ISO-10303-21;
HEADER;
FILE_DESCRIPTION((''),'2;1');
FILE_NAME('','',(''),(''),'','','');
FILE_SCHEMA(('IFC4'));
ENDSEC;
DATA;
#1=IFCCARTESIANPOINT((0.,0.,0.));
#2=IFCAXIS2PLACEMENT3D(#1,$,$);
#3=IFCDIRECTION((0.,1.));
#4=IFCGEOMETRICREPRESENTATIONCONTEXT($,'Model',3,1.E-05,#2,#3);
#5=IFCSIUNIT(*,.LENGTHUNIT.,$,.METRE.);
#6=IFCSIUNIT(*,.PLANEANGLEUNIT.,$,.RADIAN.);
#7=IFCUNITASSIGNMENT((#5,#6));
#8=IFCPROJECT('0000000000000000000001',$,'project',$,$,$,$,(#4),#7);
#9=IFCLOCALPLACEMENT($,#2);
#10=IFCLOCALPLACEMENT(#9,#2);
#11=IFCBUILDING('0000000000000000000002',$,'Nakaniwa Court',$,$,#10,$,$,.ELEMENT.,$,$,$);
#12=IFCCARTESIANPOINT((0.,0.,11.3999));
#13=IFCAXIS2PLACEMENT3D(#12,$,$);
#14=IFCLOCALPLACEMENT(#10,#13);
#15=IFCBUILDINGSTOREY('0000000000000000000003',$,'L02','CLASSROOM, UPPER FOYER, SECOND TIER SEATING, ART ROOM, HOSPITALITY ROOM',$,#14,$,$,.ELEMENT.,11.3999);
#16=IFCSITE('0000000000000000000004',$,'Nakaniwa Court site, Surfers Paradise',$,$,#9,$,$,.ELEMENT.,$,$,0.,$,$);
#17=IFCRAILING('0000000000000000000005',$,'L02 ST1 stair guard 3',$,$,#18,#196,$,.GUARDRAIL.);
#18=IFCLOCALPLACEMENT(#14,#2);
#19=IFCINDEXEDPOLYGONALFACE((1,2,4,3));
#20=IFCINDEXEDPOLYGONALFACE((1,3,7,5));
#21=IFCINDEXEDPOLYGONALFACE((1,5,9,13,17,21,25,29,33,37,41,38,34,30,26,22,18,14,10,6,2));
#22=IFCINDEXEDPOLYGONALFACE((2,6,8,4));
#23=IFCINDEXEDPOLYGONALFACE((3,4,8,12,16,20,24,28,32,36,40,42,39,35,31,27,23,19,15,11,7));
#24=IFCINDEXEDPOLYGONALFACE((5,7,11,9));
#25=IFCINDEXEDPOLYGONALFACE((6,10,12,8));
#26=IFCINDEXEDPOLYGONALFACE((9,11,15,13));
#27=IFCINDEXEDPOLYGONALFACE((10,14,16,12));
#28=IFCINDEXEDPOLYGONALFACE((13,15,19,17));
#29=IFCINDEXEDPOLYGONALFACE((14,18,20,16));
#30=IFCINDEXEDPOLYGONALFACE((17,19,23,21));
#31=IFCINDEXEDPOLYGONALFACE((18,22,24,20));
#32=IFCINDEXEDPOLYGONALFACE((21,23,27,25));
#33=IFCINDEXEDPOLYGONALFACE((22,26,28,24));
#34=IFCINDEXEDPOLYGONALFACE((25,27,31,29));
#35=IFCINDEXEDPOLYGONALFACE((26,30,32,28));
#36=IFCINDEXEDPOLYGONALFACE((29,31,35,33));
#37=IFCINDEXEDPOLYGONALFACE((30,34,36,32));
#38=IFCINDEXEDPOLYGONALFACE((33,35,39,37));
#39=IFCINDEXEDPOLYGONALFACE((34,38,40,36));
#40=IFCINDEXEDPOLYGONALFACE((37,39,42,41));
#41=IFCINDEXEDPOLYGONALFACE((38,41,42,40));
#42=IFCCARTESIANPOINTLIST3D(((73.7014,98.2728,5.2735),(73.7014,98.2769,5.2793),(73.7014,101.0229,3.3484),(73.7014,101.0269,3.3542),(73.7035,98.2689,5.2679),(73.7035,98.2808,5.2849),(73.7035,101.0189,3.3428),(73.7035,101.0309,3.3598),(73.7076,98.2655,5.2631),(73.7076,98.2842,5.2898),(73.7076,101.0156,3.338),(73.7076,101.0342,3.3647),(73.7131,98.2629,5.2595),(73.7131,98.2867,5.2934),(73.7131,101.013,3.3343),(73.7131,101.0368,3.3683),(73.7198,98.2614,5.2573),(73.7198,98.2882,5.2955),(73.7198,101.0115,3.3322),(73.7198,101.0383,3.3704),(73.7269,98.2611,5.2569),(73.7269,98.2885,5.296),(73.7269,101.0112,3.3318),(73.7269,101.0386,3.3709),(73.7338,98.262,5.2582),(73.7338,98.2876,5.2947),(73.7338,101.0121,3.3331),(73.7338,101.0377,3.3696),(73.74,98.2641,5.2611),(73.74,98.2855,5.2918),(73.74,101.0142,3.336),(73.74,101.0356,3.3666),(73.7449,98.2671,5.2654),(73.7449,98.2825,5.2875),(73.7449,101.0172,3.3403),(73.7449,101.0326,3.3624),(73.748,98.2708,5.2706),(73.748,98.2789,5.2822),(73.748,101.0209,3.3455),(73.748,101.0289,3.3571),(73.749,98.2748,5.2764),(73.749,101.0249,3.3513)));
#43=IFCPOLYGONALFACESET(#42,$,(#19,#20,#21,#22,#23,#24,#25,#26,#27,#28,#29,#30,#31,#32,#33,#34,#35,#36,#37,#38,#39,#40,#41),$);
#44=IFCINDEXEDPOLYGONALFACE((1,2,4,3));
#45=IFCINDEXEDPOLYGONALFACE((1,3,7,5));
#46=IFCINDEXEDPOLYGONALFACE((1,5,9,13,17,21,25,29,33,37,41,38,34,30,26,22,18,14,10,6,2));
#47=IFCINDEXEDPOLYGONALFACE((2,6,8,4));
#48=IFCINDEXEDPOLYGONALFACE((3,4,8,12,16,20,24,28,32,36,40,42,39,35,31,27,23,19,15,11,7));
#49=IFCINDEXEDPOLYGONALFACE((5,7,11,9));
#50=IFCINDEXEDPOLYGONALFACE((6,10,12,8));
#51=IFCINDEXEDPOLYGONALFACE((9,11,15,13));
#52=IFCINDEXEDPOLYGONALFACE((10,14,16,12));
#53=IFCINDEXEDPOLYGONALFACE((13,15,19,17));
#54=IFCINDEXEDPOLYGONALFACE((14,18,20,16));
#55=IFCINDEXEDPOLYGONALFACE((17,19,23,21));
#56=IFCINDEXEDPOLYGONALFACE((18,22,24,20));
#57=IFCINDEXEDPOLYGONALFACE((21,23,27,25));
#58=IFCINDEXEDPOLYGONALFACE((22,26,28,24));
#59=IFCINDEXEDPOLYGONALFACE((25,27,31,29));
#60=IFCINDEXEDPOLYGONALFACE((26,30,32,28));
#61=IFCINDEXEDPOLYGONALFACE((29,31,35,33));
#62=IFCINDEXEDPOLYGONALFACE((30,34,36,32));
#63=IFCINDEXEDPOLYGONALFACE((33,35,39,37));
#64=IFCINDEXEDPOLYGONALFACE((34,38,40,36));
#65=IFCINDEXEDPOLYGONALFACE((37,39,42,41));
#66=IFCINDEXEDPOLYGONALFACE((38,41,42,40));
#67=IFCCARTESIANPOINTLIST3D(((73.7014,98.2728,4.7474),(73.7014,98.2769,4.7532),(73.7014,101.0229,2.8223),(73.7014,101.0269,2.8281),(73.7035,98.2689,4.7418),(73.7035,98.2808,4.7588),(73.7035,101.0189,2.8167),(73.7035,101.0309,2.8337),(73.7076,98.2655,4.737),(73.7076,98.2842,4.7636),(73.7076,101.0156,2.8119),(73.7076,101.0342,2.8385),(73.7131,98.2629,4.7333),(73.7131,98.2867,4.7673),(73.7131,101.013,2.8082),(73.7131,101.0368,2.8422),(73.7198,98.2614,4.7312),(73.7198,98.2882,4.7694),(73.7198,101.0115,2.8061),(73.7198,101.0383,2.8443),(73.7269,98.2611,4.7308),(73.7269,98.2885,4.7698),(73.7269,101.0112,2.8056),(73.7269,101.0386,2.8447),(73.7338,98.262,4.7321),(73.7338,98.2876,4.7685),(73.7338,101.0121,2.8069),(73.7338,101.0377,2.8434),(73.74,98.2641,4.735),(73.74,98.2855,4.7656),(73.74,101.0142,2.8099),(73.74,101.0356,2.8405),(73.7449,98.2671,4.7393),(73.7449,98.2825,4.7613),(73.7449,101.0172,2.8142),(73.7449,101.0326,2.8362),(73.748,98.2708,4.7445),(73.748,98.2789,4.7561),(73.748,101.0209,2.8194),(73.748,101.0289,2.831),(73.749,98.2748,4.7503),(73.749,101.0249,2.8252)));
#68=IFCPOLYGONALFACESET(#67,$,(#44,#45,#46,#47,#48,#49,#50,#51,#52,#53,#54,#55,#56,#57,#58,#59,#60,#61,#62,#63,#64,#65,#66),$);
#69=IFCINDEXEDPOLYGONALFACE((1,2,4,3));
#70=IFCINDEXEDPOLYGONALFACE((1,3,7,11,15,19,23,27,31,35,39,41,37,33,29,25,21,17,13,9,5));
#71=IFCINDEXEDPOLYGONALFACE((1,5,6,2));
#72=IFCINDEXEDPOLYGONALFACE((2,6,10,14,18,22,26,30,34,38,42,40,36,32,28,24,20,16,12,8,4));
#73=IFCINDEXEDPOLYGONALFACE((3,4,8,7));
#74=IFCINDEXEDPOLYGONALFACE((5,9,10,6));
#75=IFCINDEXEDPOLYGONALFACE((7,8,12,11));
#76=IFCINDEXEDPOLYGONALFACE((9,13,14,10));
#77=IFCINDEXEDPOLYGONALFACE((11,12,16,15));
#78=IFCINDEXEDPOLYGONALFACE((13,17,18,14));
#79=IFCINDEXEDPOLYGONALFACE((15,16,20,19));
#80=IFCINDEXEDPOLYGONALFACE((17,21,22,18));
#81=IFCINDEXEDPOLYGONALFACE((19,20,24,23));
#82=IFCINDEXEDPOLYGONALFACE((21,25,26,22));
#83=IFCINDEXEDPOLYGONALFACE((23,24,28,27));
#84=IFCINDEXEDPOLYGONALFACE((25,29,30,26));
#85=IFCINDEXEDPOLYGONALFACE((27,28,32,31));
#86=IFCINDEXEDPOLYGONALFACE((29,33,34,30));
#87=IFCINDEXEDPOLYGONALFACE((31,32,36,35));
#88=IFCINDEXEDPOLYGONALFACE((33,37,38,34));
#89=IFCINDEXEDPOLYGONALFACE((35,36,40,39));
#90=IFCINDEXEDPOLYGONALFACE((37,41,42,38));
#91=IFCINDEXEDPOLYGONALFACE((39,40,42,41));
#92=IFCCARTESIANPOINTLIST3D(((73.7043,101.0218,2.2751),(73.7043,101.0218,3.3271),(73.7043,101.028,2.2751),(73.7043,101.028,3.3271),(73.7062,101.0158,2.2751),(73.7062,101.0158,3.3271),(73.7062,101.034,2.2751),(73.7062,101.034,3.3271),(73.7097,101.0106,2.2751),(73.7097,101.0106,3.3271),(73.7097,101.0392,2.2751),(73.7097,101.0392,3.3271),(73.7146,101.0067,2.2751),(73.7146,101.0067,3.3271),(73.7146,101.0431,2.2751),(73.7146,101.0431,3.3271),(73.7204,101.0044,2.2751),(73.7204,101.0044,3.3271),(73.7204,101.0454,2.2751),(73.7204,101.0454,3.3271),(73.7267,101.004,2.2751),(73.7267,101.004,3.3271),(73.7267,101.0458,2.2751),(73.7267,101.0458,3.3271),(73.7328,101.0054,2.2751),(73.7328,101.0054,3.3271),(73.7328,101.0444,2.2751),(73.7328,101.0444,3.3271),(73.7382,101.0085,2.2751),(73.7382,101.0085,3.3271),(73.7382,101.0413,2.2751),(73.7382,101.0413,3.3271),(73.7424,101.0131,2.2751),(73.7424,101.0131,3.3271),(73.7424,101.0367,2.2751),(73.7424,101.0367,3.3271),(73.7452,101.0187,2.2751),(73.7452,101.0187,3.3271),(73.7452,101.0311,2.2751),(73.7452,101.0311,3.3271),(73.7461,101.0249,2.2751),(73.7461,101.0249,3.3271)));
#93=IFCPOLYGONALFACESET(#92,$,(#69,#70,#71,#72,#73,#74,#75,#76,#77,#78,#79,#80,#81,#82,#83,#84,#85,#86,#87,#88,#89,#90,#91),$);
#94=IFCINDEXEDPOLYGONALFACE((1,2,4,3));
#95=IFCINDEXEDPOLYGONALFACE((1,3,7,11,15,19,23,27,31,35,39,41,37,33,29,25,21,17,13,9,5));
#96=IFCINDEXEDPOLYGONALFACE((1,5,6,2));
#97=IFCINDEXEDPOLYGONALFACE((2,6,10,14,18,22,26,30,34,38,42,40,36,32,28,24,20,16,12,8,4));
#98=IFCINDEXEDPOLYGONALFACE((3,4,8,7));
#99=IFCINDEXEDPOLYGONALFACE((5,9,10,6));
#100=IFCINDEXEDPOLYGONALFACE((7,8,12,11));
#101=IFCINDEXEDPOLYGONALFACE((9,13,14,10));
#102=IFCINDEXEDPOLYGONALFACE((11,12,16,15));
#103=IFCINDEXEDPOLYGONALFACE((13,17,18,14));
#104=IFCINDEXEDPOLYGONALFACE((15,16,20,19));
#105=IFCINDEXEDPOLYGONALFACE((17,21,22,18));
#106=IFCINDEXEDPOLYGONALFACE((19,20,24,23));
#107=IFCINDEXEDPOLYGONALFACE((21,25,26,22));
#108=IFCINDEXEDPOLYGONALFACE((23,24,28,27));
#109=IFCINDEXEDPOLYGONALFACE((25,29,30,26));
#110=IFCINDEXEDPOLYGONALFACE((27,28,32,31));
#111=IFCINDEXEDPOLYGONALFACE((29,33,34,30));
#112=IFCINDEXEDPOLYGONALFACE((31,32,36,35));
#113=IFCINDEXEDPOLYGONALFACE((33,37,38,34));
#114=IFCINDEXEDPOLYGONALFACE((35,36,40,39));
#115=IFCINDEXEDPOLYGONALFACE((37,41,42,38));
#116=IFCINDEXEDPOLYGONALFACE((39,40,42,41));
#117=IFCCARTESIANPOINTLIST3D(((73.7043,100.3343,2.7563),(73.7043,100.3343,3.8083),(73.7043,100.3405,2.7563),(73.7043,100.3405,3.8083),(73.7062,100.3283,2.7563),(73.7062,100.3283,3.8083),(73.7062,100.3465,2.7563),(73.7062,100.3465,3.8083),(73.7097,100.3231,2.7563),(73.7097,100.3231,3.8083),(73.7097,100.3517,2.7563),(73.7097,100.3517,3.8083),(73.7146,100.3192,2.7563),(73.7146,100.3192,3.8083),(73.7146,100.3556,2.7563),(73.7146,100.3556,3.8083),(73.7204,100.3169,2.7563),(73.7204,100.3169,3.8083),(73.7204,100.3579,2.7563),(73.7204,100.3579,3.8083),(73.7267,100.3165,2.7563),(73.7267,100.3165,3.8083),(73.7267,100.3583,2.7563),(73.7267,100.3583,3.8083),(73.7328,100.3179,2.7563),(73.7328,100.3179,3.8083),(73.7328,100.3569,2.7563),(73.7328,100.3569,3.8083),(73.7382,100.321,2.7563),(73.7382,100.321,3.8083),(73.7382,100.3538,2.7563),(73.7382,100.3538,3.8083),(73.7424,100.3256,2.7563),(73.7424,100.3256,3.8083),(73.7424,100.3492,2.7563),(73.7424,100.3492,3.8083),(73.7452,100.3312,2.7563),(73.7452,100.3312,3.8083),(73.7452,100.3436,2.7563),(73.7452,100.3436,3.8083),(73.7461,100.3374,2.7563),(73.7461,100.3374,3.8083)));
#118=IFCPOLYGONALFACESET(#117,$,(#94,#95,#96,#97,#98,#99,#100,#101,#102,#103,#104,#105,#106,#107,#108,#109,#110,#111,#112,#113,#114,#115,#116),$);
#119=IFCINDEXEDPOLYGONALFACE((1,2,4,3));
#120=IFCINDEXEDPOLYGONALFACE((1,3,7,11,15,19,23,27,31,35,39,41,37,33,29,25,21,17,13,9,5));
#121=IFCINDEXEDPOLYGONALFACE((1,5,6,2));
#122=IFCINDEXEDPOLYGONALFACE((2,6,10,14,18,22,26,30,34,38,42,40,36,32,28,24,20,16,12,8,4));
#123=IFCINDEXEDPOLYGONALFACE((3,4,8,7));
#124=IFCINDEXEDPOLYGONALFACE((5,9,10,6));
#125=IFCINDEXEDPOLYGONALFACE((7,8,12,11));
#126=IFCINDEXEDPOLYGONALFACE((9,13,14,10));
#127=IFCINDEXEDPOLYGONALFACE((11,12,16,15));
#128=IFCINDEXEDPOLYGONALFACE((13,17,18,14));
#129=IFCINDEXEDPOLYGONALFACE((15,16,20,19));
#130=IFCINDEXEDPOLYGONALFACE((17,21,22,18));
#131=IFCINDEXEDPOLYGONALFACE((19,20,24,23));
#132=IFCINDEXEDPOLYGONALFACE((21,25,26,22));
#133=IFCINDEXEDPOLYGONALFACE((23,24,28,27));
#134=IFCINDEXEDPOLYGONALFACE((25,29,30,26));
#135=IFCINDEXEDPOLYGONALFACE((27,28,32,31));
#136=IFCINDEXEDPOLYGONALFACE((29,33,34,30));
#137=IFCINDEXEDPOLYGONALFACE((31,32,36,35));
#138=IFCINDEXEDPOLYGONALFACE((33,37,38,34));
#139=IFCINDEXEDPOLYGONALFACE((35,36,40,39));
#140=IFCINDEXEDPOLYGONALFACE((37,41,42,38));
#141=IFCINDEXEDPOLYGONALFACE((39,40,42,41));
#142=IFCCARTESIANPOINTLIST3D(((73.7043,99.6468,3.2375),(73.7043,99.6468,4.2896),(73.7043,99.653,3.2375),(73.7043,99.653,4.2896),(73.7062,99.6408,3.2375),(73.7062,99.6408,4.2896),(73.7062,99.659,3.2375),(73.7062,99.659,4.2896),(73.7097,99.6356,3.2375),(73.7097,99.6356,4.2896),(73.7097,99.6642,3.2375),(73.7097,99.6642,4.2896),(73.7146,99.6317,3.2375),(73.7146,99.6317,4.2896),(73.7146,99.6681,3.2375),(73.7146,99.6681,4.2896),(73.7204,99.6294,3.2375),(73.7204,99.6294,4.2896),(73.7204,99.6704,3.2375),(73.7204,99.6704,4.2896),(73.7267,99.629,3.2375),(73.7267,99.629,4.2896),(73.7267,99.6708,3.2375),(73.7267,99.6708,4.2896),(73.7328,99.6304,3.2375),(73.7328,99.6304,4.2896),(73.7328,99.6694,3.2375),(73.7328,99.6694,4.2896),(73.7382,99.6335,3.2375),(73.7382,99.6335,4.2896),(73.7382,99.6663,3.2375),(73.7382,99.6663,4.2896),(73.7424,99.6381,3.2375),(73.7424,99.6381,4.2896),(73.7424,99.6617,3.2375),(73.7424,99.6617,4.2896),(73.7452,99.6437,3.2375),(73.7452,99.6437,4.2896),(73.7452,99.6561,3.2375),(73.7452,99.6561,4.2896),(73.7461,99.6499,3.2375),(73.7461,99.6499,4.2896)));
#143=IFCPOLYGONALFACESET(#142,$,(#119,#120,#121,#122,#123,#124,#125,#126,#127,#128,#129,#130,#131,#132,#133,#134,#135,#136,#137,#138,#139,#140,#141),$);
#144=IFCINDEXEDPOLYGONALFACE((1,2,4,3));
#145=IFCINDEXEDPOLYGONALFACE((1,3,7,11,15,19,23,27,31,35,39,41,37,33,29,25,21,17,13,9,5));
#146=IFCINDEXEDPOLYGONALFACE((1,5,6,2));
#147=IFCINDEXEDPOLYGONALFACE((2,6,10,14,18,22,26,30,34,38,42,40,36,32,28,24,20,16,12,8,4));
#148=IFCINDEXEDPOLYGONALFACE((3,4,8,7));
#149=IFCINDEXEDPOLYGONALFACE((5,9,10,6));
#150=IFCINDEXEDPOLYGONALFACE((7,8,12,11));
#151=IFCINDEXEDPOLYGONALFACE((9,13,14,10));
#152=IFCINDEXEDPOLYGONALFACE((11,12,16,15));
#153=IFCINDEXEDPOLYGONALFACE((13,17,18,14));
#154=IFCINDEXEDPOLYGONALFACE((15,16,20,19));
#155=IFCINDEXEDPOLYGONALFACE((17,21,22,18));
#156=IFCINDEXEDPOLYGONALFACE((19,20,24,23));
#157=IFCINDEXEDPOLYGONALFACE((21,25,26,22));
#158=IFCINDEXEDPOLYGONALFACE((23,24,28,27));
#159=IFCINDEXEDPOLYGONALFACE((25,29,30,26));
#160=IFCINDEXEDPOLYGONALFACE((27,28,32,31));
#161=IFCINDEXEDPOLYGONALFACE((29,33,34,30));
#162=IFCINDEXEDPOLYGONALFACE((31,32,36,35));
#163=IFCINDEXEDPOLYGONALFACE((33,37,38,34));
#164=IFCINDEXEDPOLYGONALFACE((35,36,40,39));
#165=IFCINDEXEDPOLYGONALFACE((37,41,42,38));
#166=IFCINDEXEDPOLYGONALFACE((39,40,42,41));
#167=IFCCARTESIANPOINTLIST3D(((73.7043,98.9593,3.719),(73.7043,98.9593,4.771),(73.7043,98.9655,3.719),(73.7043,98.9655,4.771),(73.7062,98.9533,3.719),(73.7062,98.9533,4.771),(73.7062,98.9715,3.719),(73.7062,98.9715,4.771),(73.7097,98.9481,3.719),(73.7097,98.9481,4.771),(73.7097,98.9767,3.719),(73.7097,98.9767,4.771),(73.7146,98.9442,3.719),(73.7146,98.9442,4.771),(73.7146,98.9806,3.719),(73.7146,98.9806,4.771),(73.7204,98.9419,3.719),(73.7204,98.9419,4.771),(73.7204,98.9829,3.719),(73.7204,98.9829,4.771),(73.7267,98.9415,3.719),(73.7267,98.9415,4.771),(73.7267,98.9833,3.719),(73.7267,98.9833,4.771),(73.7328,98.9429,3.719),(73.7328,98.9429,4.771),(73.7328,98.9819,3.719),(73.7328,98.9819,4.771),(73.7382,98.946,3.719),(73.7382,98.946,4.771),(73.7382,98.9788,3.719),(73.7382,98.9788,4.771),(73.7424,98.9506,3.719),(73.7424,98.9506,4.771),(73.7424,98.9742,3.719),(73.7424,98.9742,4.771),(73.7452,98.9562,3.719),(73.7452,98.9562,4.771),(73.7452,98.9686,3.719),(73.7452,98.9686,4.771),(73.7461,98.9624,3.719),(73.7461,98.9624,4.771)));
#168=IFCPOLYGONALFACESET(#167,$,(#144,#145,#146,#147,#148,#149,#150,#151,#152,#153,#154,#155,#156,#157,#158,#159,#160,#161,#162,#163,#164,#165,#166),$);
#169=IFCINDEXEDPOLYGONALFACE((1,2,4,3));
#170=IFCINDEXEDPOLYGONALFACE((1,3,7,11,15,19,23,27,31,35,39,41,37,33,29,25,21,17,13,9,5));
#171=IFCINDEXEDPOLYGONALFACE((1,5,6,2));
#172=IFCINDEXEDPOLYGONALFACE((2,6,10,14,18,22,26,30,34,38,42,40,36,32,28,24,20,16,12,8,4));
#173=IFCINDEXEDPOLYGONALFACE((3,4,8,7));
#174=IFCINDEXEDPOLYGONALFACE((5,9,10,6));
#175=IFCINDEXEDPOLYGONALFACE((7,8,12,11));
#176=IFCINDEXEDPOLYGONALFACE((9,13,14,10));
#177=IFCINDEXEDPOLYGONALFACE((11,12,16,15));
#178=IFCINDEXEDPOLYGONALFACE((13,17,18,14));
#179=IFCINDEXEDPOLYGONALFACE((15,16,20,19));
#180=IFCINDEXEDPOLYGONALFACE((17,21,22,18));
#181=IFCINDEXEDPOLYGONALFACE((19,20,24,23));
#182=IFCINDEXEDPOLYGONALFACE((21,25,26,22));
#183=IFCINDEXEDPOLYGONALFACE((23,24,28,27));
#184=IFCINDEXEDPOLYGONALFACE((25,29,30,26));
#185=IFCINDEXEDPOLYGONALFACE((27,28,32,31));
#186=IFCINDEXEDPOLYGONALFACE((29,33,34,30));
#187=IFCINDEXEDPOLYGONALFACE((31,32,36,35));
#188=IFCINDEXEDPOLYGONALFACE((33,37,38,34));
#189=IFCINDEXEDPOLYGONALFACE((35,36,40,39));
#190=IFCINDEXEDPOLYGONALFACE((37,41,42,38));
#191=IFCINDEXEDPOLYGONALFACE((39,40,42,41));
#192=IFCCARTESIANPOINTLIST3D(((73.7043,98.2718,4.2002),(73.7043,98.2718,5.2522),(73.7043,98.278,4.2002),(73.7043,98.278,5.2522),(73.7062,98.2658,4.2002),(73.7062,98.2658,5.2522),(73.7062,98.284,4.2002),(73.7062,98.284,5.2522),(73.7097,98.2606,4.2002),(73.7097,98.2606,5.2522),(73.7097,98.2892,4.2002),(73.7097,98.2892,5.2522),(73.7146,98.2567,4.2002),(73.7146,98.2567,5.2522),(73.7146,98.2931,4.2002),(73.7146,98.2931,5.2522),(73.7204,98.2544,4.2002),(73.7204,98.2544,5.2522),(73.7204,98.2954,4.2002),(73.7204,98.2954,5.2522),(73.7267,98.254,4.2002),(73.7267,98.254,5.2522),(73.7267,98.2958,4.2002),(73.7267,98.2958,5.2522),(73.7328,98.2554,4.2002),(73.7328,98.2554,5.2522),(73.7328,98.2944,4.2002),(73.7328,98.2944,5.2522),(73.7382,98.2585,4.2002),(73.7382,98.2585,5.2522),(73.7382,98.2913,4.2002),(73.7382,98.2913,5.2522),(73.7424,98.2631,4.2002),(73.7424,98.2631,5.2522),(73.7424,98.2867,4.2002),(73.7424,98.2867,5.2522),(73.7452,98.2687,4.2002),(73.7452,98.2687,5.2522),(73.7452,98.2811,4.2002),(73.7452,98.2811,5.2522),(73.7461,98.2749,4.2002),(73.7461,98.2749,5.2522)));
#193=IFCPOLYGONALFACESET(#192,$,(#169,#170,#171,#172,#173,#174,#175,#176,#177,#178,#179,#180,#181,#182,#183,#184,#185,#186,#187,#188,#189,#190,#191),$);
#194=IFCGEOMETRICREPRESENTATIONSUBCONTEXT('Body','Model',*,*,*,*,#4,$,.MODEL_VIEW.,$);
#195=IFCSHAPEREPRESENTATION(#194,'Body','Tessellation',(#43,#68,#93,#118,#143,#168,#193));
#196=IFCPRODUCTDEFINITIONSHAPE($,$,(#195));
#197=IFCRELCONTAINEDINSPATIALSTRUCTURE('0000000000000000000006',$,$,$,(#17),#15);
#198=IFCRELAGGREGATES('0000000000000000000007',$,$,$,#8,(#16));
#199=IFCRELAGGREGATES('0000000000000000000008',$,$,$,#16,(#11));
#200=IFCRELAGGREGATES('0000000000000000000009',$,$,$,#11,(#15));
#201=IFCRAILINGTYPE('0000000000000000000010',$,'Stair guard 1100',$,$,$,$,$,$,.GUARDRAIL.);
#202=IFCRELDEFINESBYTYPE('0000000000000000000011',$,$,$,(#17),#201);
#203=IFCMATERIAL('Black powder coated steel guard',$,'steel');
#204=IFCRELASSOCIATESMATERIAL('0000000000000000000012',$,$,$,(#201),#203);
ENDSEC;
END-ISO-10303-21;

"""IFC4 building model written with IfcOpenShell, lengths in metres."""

from ifc_helpers import new_model, si_unit, direction, frame, origin, origin_2d, place, context, subcontext, project, spatial, circle, extrude, material, type_object, element, save


model = new_model("IFC4")

# Units and contexts
model_context = context("Model", 3, precision=1e-05, world=origin(), true_north=direction((0.0, 1.0)))
body_context = subcontext(model_context, "Body", "Model", "MODEL_VIEW")
ifc_project = project(units=[si_unit("LENGTHUNIT", "METRE"), si_unit("PLANEANGLEUNIT", "RADIAN")], contexts=[model_context])

# Site, building, storey
site_placement = place(None, origin())
site = spatial("IfcSite", under=ifc_project, at=site_placement, Name="Nakaniwa Court site, Surfers Paradise", CompositionType="ELEMENT", RefElevation=0.0)
building_placement = place(site_placement, origin())
building = spatial("IfcBuilding", under=site, at=building_placement, Name="Nakaniwa Court", CompositionType="ELEMENT")
storey_placement = place(building_placement, frame((0.0, 0.0, 11.3999)))
storey = spatial("IfcBuildingStorey", under=building, at=storey_placement, Name="L02", Description="CLASSROOM, UPPER FOYER, SECOND TIER SEATING, ART ROOM, HOSPITALITY ROOM", CompositionType="ELEMENT", Elevation=11.3999)

# Railing
ifc_material_1 = material(Name="Black powder coated steel guard", Category="steel")
railing_type_1 = type_object("IfcRailingType", Name="Stair guard 1100", PredefinedType="GUARDRAIL", material=ifc_material_1)
railing_1_placement = place(storey_placement, frame((73.7251, 101.0249, 2.2751)))
element("IfcRailing", 1, at=railing_1_placement, inside=storey, type_object=railing_type_1, Name="L02 ST1 stair guard 3", PredefinedType="GUARDRAIL", context=body_context, shape_type="SweptSolid", body=[
    extrude(circle(Radius=0.0239, at=origin_2d()), frame((0.0, 0.0, 1.0762), z_axis=(0.0, -0.819225, 0.573472), x_axis=(1.0, 0.0, 0.0)), (0.0, 0.0, 1.0), 3.3569),
    extrude(circle(Radius=0.0239, at=origin_2d()), frame((0.0, 0.0, 0.55), z_axis=(0.0, -0.819225, 0.573472), x_axis=(1.0, 0.0, 0.0)), (0.0, 0.0, 1.0), 3.3569),
    extrude(circle(Radius=0.021, at=origin_2d()), origin(), (0.0, 0.0, 1.0), 1.052),
    extrude(circle(Radius=0.021, at=origin_2d()), frame((0.0, -0.6875, 0.4812)), (0.0, 0.0, 1.0), 1.052),
    extrude(circle(Radius=0.021, at=origin_2d()), frame((0.0, -1.375, 0.9624)), (0.0, 0.0, 1.0), 1.052),
    extrude(circle(Radius=0.021, at=origin_2d()), frame((0.0, -2.0625, 1.4438)), (0.0, 0.0, 1.0), 1.052),
    extrude(circle(Radius=0.021, at=origin_2d()), frame((0.0, -2.75, 1.925)), (0.0, 0.0, 1.0), 1.052),
])

save(model, "model.ifc")
